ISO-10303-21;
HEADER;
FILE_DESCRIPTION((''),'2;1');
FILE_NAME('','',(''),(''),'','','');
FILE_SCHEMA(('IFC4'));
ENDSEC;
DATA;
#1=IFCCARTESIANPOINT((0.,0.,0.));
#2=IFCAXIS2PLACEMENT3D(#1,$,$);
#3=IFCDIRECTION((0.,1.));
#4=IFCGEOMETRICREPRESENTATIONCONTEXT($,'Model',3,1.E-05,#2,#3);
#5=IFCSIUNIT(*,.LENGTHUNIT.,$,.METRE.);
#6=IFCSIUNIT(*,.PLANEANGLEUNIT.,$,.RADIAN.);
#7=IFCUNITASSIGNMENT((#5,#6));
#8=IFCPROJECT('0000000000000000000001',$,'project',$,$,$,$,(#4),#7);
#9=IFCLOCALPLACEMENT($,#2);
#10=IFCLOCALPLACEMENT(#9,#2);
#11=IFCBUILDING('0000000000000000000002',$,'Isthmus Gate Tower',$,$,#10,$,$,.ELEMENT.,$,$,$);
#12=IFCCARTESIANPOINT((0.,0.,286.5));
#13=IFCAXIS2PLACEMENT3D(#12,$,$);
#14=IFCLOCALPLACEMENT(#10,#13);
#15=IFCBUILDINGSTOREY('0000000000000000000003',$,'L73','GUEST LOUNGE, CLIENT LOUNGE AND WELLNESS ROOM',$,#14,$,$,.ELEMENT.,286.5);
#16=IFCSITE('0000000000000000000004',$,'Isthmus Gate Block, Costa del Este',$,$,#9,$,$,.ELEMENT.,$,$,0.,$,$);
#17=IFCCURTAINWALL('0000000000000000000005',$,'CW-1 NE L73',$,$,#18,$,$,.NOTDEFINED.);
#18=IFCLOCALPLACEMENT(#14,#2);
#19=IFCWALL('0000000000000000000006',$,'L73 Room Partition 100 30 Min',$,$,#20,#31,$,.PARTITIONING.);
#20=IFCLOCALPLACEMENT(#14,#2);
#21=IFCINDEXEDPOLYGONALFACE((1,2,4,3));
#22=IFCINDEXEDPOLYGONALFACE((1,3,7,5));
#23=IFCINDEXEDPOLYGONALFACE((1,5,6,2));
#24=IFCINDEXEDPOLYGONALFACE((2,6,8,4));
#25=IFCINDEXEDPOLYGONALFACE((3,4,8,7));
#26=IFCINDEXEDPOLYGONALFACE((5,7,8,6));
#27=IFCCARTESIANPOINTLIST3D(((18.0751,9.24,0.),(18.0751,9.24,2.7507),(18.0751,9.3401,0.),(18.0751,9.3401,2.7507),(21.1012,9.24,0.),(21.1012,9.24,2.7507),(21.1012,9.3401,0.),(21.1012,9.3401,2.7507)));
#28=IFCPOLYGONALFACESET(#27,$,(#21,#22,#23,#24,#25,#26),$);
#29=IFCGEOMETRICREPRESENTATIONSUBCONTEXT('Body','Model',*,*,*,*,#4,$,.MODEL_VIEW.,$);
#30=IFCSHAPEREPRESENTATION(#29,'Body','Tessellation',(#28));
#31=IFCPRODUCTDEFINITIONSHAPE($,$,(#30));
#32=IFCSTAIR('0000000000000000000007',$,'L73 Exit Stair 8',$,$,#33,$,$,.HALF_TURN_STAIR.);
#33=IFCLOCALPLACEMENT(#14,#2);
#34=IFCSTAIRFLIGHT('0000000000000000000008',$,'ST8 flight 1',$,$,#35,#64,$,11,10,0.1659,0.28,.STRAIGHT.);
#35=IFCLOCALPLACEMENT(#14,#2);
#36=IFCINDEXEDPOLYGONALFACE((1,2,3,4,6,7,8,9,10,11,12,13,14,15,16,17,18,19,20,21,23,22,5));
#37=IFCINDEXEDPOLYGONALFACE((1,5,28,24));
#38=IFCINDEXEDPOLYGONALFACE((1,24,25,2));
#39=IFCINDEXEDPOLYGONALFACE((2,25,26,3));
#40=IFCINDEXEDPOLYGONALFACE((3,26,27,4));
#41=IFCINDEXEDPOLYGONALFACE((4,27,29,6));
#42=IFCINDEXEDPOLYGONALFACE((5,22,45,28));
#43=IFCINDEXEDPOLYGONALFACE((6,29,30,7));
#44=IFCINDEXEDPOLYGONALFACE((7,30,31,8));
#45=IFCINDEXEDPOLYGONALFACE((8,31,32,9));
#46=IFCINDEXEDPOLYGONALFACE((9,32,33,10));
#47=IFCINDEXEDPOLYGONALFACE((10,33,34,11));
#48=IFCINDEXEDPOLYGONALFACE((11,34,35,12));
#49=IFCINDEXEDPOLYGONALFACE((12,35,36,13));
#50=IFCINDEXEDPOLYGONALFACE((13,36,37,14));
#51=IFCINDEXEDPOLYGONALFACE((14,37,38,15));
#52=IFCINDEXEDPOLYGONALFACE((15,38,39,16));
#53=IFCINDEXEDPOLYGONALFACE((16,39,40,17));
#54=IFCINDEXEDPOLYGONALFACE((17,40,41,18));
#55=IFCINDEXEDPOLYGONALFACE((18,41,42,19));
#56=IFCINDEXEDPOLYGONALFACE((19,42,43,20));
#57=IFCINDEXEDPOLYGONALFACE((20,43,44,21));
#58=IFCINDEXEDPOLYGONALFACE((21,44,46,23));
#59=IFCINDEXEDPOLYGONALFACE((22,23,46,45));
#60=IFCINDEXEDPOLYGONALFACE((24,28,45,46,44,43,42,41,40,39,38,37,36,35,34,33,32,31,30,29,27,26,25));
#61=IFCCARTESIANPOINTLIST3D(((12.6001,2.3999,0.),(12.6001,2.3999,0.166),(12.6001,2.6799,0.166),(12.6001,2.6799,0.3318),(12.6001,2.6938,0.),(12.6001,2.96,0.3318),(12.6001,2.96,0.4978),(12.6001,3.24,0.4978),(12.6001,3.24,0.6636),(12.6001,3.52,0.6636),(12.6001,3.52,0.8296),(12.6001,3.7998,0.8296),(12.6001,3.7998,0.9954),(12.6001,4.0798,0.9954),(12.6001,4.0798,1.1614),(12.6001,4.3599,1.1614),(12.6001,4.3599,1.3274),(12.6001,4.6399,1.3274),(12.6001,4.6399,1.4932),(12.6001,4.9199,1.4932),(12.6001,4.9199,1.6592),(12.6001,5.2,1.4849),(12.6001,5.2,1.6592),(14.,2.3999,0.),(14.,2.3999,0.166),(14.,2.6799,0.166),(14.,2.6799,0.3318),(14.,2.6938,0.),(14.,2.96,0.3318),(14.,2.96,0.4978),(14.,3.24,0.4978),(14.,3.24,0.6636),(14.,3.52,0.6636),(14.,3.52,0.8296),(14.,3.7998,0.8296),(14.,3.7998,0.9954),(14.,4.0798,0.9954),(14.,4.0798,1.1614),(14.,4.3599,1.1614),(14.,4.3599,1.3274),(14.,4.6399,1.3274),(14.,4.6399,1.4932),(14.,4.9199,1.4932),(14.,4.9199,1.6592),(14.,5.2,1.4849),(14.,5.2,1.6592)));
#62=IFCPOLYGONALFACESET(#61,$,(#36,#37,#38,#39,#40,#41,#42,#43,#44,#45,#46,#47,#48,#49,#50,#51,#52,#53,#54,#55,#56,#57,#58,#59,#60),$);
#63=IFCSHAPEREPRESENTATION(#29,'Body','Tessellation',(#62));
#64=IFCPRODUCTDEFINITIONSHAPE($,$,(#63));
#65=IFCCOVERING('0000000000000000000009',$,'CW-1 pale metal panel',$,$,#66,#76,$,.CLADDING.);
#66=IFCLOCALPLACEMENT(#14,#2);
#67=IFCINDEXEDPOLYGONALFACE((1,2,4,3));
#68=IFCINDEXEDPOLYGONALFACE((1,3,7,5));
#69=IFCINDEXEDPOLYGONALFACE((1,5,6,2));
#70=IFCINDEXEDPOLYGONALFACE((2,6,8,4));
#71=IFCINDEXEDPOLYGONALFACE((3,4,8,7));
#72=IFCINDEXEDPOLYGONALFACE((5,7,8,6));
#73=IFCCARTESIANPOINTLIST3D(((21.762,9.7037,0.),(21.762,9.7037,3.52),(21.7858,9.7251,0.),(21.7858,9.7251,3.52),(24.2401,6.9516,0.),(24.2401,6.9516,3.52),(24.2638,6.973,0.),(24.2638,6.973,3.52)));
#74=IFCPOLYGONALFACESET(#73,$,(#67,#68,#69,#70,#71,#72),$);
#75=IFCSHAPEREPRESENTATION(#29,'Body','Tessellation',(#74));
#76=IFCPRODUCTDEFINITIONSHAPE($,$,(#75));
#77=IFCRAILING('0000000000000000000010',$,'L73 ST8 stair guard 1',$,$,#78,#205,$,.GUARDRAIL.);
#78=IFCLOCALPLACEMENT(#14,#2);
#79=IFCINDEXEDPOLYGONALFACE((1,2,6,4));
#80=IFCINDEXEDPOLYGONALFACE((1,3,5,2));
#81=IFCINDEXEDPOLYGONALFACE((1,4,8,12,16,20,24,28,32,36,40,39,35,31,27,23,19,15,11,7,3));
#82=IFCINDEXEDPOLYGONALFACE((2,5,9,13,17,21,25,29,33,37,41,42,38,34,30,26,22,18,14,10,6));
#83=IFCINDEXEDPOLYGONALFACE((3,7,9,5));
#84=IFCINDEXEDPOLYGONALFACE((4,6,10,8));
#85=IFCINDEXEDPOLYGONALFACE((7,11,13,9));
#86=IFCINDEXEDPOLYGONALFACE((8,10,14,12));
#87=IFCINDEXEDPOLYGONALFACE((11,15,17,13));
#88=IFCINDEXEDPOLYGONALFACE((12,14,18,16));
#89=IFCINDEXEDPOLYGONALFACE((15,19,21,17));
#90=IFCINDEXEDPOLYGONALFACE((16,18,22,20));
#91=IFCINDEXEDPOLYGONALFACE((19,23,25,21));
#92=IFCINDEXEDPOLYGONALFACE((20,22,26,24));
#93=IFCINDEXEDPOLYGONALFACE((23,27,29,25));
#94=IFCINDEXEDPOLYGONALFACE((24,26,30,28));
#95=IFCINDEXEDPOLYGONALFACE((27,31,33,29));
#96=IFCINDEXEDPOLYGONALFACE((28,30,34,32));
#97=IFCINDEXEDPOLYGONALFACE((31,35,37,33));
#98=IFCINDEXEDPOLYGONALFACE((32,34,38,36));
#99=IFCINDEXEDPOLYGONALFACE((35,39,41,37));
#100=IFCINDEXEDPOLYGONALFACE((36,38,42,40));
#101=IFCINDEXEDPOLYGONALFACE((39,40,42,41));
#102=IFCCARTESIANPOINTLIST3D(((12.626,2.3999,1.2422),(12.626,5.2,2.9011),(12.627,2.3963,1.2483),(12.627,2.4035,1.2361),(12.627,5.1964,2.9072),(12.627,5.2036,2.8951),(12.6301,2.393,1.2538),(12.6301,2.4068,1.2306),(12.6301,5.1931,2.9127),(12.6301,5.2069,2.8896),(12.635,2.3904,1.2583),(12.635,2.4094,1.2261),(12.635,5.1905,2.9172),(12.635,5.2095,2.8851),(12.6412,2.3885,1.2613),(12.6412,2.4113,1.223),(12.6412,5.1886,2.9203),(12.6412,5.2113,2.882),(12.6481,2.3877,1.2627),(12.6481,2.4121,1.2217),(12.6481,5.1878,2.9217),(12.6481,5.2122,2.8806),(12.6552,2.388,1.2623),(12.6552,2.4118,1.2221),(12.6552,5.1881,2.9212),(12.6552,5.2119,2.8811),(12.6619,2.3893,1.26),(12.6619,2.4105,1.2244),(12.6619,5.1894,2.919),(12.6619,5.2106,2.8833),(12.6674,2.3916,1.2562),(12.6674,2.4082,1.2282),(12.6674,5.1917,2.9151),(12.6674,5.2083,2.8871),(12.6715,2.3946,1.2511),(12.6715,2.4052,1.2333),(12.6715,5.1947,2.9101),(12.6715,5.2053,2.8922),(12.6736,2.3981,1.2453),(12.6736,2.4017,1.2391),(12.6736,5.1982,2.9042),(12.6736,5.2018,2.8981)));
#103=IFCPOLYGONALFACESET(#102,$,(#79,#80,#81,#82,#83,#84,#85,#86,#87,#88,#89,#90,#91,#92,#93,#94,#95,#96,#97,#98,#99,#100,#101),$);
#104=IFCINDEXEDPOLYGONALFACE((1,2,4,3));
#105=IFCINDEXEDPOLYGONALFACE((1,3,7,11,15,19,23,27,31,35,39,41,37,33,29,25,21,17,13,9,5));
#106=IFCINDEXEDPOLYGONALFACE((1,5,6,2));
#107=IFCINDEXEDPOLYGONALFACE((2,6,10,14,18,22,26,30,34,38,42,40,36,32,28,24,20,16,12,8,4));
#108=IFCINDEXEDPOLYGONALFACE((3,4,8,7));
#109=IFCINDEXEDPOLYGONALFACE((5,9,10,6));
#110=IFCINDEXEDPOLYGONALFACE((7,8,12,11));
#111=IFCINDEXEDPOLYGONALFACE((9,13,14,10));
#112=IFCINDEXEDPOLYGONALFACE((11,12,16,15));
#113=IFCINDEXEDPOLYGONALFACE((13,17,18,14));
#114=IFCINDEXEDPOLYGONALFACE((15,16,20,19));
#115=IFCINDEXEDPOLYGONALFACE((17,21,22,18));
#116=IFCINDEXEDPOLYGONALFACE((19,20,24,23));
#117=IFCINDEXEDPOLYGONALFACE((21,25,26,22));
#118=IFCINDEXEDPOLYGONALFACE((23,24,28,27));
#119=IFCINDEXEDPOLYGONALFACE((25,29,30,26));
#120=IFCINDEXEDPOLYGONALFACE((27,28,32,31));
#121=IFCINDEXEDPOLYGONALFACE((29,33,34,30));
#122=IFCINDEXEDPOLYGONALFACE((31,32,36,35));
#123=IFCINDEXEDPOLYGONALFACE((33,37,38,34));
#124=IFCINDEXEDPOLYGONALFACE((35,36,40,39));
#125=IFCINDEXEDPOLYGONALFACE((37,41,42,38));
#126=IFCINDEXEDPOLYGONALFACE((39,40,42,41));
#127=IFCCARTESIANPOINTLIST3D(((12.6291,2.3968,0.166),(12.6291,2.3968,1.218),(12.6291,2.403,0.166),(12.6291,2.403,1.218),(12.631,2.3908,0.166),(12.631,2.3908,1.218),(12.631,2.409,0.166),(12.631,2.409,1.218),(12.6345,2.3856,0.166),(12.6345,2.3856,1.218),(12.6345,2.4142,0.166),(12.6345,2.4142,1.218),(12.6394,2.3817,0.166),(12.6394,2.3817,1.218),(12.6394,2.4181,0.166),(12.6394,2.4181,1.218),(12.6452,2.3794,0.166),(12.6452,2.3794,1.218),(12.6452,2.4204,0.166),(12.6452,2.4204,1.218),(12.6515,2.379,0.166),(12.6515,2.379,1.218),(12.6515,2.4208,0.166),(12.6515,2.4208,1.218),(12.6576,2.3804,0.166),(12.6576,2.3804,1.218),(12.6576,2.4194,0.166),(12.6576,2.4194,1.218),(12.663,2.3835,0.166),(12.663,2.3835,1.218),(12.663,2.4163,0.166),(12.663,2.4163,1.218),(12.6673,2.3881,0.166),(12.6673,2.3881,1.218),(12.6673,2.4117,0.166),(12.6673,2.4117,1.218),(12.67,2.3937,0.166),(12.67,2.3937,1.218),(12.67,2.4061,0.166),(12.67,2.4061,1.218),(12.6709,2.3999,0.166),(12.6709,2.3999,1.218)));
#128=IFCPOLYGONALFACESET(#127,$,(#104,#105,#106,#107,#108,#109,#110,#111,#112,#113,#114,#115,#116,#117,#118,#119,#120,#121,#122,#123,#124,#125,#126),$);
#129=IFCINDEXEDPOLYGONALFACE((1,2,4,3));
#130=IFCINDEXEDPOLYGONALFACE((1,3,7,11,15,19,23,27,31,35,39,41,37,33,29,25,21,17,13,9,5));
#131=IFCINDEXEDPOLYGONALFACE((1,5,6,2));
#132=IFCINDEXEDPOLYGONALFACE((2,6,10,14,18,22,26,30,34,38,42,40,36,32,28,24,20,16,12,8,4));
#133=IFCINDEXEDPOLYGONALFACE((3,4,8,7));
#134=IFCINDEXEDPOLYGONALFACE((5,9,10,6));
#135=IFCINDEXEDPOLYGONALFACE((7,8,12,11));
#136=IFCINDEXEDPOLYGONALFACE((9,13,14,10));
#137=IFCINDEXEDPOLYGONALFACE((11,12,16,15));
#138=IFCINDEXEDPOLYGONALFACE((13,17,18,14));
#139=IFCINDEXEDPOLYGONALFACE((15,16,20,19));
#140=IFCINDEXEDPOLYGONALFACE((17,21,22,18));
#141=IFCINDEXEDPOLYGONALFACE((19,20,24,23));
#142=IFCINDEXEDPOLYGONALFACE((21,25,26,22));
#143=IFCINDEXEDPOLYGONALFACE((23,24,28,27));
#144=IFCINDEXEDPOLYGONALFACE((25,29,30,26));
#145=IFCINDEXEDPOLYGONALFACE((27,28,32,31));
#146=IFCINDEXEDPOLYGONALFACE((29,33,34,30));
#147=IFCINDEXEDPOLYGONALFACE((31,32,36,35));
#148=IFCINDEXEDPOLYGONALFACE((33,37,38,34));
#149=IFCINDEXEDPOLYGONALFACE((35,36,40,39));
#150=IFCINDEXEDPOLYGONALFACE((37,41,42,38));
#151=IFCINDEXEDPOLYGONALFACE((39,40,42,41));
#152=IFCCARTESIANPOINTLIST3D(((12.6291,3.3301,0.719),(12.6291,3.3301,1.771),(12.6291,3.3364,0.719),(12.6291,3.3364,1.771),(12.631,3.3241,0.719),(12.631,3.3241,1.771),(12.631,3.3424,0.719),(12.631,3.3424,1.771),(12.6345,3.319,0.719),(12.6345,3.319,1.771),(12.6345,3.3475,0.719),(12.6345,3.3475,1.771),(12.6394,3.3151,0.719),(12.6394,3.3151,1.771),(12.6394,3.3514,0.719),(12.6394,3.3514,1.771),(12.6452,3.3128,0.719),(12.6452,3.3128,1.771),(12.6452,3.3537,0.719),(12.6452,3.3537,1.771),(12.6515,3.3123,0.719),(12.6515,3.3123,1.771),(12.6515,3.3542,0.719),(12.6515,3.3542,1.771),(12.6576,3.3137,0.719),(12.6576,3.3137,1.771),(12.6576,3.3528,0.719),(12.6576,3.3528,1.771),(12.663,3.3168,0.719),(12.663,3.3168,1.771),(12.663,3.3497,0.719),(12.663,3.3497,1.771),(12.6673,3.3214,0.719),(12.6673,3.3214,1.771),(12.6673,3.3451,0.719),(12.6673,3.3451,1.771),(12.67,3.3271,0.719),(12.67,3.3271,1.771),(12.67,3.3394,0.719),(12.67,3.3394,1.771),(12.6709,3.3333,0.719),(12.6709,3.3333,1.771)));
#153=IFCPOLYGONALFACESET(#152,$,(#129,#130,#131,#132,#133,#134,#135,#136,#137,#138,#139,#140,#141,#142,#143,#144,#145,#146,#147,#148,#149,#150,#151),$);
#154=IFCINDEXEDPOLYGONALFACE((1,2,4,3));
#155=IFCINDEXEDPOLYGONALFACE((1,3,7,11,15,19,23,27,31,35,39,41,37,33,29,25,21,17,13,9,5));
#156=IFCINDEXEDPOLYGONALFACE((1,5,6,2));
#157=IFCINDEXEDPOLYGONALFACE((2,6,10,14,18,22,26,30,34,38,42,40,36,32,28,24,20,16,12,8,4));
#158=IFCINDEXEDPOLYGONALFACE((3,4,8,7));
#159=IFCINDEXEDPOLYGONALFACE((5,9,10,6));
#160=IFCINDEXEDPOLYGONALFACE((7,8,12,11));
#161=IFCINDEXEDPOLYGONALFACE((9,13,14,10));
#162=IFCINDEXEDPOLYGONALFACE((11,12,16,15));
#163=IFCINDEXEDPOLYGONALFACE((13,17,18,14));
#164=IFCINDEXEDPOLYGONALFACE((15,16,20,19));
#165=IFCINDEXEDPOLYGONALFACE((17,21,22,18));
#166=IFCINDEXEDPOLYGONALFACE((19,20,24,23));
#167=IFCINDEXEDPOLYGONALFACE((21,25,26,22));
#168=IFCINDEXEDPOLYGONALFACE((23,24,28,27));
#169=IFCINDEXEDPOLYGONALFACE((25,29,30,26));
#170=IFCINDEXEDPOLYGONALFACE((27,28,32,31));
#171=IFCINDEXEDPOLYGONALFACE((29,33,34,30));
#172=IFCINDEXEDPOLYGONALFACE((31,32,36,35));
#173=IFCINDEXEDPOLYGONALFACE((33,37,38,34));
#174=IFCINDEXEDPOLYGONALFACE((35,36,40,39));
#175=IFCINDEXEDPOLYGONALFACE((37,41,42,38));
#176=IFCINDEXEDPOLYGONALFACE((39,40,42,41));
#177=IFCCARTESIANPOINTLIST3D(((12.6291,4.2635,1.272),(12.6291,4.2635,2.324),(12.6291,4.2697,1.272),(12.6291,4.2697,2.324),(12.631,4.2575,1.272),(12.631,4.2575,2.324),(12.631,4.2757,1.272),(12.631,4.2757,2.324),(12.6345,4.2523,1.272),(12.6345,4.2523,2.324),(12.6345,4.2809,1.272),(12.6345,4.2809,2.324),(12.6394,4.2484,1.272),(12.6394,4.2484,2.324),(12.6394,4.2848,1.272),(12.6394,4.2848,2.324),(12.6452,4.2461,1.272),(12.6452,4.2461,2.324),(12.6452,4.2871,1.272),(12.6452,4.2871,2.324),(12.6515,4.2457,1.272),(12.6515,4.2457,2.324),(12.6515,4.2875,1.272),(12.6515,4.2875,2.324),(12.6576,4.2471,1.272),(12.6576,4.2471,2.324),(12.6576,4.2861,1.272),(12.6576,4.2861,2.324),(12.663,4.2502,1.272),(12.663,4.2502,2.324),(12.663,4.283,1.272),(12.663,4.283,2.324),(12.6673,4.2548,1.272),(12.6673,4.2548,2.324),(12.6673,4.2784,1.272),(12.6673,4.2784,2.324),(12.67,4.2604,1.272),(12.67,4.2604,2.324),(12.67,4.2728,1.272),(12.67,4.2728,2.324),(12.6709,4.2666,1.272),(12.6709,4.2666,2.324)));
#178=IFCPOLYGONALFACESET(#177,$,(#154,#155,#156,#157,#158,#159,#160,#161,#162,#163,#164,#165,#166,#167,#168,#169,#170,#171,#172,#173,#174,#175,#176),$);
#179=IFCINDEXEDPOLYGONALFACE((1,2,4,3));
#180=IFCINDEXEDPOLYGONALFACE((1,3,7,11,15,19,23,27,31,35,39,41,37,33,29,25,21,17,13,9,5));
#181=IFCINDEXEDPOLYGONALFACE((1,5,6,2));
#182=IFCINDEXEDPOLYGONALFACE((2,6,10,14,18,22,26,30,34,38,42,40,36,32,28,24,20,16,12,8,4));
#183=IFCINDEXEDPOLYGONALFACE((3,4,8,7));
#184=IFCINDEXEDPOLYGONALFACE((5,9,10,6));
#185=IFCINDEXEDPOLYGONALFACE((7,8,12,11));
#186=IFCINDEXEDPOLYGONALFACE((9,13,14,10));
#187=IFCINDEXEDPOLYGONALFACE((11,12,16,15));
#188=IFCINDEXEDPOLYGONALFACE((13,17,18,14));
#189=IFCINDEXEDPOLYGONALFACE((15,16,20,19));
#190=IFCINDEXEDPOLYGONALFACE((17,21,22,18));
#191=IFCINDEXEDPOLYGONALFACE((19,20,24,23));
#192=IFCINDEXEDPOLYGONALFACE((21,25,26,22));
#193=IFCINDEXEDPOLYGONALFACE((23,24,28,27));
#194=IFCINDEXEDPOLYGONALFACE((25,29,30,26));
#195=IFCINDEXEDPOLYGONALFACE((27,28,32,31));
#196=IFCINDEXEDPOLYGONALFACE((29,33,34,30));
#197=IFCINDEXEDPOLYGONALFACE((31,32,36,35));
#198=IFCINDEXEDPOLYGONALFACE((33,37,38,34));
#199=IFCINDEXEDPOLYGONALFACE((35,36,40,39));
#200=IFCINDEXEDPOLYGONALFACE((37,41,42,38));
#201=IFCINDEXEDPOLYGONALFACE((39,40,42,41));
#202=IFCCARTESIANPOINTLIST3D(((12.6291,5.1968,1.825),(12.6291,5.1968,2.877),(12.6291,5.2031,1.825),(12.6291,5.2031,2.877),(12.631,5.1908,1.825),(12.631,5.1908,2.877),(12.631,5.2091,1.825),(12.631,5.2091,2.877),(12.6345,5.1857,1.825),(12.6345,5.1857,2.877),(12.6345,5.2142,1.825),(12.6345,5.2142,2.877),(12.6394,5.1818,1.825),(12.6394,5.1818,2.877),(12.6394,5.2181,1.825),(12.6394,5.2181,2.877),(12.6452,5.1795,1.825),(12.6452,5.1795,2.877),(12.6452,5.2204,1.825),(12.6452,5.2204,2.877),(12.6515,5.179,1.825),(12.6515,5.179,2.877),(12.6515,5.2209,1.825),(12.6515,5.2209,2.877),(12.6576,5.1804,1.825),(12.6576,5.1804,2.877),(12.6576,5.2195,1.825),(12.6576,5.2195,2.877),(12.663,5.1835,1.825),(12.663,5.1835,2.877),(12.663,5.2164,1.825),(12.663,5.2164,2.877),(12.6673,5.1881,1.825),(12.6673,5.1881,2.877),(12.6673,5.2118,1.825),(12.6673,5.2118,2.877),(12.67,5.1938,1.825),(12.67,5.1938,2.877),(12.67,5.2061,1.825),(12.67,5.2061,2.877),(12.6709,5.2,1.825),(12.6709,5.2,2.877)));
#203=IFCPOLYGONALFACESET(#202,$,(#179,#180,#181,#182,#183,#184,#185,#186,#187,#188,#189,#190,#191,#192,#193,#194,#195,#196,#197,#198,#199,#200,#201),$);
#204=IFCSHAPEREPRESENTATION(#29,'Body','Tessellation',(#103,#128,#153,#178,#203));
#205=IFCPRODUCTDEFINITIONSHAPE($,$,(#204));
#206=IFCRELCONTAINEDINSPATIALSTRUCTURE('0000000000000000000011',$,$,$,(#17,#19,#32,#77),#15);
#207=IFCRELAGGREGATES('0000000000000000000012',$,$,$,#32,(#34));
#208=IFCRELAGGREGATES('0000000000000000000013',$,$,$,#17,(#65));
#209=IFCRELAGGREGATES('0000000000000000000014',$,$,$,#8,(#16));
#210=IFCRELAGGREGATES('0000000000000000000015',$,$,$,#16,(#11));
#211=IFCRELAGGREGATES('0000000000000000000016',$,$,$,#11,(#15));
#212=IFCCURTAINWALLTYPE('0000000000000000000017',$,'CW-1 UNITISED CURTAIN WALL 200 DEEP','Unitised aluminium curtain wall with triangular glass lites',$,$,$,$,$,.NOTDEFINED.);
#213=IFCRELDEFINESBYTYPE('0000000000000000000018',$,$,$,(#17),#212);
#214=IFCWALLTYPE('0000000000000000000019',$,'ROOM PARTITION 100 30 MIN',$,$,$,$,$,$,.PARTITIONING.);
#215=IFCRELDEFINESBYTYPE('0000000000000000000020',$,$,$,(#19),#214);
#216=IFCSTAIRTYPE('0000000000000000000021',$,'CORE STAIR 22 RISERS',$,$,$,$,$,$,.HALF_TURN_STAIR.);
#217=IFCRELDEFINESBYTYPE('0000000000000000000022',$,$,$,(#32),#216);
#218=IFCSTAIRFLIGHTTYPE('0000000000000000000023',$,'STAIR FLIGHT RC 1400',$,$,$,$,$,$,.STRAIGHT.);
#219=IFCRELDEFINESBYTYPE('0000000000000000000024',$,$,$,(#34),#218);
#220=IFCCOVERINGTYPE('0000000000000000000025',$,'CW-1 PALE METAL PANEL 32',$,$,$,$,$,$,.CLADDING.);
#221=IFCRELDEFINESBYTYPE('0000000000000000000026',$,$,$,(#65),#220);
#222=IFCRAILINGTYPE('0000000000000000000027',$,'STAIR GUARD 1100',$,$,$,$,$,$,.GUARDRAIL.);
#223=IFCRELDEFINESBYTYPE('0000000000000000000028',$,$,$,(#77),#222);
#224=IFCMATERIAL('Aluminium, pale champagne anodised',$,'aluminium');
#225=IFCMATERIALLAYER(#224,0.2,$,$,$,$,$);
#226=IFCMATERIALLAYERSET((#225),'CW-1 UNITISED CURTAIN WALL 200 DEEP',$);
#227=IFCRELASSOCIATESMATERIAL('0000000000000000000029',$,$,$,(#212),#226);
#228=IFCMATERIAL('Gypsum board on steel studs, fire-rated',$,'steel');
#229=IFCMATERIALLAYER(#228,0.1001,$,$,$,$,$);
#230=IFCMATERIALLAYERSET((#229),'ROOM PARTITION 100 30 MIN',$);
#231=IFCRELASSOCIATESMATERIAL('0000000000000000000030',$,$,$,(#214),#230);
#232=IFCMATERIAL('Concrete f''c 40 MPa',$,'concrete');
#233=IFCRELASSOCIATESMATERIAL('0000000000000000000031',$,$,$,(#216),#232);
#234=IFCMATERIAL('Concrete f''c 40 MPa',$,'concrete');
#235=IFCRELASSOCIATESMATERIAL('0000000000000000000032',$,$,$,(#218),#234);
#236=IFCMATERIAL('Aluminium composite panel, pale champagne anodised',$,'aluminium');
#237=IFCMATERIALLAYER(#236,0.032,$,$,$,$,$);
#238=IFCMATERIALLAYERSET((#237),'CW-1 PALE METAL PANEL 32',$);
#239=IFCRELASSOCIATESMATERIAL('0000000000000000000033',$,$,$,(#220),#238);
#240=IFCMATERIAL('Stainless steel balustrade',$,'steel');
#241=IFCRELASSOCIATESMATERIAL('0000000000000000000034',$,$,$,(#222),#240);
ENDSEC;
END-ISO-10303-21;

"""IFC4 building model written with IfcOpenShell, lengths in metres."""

from ifc_helpers import new_model, si_unit, direction, frame, frame_2d, origin, origin_2d, place, context, subcontext, project, spatial, polyline, rectangle, circle, outline, extrude, material, layer, layer_set, type_object, element, aggregate, save


model = new_model("IFC4")

# Units and contexts
model_context = context("Model", 3, precision=1e-05, world=origin(), true_north=direction((0.0, 1.0)))
body_context = subcontext(model_context, "Body", "Model", "MODEL_VIEW")
ifc_project = project(units=[si_unit("LENGTHUNIT", "METRE"), si_unit("PLANEANGLEUNIT", "RADIAN")], contexts=[model_context])

# Site, building, storey
site_placement = place(None, origin())
site = spatial("IfcSite", under=ifc_project, at=site_placement, Name="Isthmus Gate Block, Costa del Este", CompositionType="ELEMENT", RefElevation=0.0)
building_placement = place(site_placement, origin())
building = spatial("IfcBuilding", under=site, at=building_placement, Name="Isthmus Gate Tower", CompositionType="ELEMENT")
storey_placement = place(building_placement, frame((0.0, 0.0, 286.5)))
storey = spatial("IfcBuildingStorey", under=building, at=storey_placement, Name="L73", Description="GUEST LOUNGE, CLIENT LOUNGE AND WELLNESS ROOM", CompositionType="ELEMENT", Elevation=286.5)

# Curtain wall
ifc_material_1 = material(Name="Aluminium, pale champagne anodised", Category="aluminium")
ifc_layer_1 = layer(ifc_material_1, 0.2)
ifc_layer_set_1 = layer_set([ifc_layer_1], Name="CW-1 UNITISED CURTAIN WALL 200 DEEP")
curtain_wall_type = type_object("IfcCurtainWallType", Name="CW-1 UNITISED CURTAIN WALL 200 DEEP", Description="Unitised aluminium curtain wall with triangular glass lites", PredefinedType="NOTDEFINED", material=ifc_layer_set_1)
curtain_wall_1_placement = place(storey_placement, origin())
curtain_wall_1 = element("IfcCurtainWall", 1, at=curtain_wall_1_placement, inside=storey, type_object=curtain_wall_type, Name="CW-1 NE L73", PredefinedType="NOTDEFINED")

# Wall
ifc_material_2 = material(Name="Gypsum board on steel studs, fire-rated", Category="steel")
ifc_layer_2 = layer(ifc_material_2, 0.1001)
ifc_layer_set_2 = layer_set([ifc_layer_2], Name="ROOM PARTITION 100 30 MIN")
wall_type_1 = type_object("IfcWallType", Name="ROOM PARTITION 100 30 MIN", PredefinedType="PARTITIONING", material=ifc_layer_set_2)
wall_1_placement = place(storey_placement, frame((18.075, 9.29, 0.0), z_axis=(0.0, 0.0, 1.0), x_axis=(1.0, 0.0, 0.0)))
element("IfcWall", 2, at=wall_1_placement, inside=storey, type_object=wall_type_1, Name="L73 Room Partition 100 30 Min", PredefinedType="PARTITIONING", context=body_context, shape_type="SweptSolid", body=[
    extrude(rectangle(XDim=3.0261, YDim=0.1001, at=frame_2d((1.5132, 0.0))), origin(), (0.0, 0.0, 1.0), 2.7507),
])

# Stair, stair flight
ifc_material_3 = material(Name="Concrete f'c 40 MPa", Category="concrete")
stair_type = type_object("IfcStairType", Name="CORE STAIR 22 RISERS", PredefinedType="HALF_TURN_STAIR", material=ifc_material_3)
stair_placement = place(storey_placement, origin())
stair = element("IfcStair", 3, at=stair_placement, inside=storey, type_object=stair_type, Name="L73 Exit Stair 8", PredefinedType="HALF_TURN_STAIR")
ifc_material_4 = material(Name="Concrete f'c 40 MPa", Category="concrete")
stair_flight_type = type_object("IfcStairFlightType", Name="STAIR FLIGHT RC 1400", PredefinedType="STRAIGHT", material=ifc_material_4)
stair_flight_placement = place(storey_placement, frame((13.3, 2.3999, 0.0), z_axis=(0.0, 0.0, 1.0), x_axis=(0.0, 1.0, 0.0)))
stair_flight = element("IfcStairFlight", 4, at=stair_flight_placement, type_object=stair_flight_type, Name="ST8 flight 1", NumberOfRisers=11, NumberOfTreads=10, PredefinedType="STRAIGHT", RiserHeight=0.1659, TreadLength=0.28, context=body_context, shape_type="SweptSolid", body=[
    extrude(outline(polyline([(0.0, 0.0), (0.0, 0.166), (0.28, 0.166), (0.28, 0.3318), (0.5601, 0.3318), (0.5601, 0.4978), (0.8401, 0.4978), (0.8401, 0.6636), (1.1201, 0.6636), (1.1201, 0.8296), (1.3999, 0.8296), (1.3999, 0.9954), (1.6799, 0.9954), (1.6799, 1.1614), (1.96, 1.1614), (1.96, 1.3274), (2.24, 1.3274), (2.24, 1.4932), (2.52, 1.4932), (2.52, 1.6592), (2.8, 1.6592), (2.8, 1.825), (2.8, 1.4849), (0.2939, 0.0), (0.0, 0.0)])), frame((0.0, 0.7, 0.0), z_axis=(0.0, -1.0, 0.0), x_axis=(1.0, 0.0, 0.0)), (0.0, 0.0, 1.0), 1.3999),
])
aggregate(stair, [stair_flight])

# Covering
ifc_material_5 = material(Name="Aluminium composite panel, pale champagne anodised", Category="aluminium")
ifc_layer_3 = layer(ifc_material_5, 0.032)
ifc_layer_set_3 = layer_set([ifc_layer_3], Name="CW-1 PALE METAL PANEL 32")
covering_type = type_object("IfcCoveringType", Name="CW-1 PALE METAL PANEL 32", PredefinedType="CLADDING", material=ifc_layer_set_3)
covering_placement = place(storey_placement, frame((23.0129, 8.3384, 0.0), z_axis=(0.0, 0.0, 1.0), x_axis=(-0.669131, 0.743145, 0.0)))
covering = element("IfcCovering", 5, at=covering_placement, type_object=covering_type, Name="CW-1 pale metal panel", PredefinedType="CLADDING", context=body_context, shape_type="SweptSolid", body=[
    extrude(rectangle(XDim=3.7034, YDim=0.032, at=origin_2d()), origin(), (0.0, 0.0, 1.0), 3.52),
])
aggregate(curtain_wall_1, [covering])

# Railing
ifc_material_6 = material(Name="Stainless steel balustrade", Category="steel")
railing_type_1 = type_object("IfcRailingType", Name="STAIR GUARD 1100", PredefinedType="GUARDRAIL", material=ifc_material_6)
railing_1_placement = place(storey_placement, frame((12.6499, 2.3999, 0.166)))
element("IfcRailing", 6, at=railing_1_placement, inside=storey, type_object=railing_type_1, Name="L73 ST8 stair guard 1", PredefinedType="GUARDRAIL", context=body_context, shape_type="SweptSolid", body=[
    extrude(circle(Radius=0.0239, at=origin_2d()), frame((0.0, 0.0, 1.0762), z_axis=(0.0, 0.860339, 0.509722), x_axis=(-1.0, 0.0, 0.0)), (0.0, 0.0, 1.0), 3.2546),
    extrude(circle(Radius=0.021, at=origin_2d()), origin(), (0.0, 0.0, 1.0), 1.052),
    extrude(circle(Radius=0.021, at=origin_2d()), frame((0.0, 0.9333, 0.553)), (0.0, 0.0, 1.0), 1.052),
    extrude(circle(Radius=0.021, at=origin_2d()), frame((0.0, 1.8667, 1.106)), (0.0, 0.0, 1.0), 1.052),
    extrude(circle(Radius=0.021, at=origin_2d()), frame((0.0, 2.8, 1.6589)), (0.0, 0.0, 1.0), 1.052),
])

save(model, "model.ifc")
